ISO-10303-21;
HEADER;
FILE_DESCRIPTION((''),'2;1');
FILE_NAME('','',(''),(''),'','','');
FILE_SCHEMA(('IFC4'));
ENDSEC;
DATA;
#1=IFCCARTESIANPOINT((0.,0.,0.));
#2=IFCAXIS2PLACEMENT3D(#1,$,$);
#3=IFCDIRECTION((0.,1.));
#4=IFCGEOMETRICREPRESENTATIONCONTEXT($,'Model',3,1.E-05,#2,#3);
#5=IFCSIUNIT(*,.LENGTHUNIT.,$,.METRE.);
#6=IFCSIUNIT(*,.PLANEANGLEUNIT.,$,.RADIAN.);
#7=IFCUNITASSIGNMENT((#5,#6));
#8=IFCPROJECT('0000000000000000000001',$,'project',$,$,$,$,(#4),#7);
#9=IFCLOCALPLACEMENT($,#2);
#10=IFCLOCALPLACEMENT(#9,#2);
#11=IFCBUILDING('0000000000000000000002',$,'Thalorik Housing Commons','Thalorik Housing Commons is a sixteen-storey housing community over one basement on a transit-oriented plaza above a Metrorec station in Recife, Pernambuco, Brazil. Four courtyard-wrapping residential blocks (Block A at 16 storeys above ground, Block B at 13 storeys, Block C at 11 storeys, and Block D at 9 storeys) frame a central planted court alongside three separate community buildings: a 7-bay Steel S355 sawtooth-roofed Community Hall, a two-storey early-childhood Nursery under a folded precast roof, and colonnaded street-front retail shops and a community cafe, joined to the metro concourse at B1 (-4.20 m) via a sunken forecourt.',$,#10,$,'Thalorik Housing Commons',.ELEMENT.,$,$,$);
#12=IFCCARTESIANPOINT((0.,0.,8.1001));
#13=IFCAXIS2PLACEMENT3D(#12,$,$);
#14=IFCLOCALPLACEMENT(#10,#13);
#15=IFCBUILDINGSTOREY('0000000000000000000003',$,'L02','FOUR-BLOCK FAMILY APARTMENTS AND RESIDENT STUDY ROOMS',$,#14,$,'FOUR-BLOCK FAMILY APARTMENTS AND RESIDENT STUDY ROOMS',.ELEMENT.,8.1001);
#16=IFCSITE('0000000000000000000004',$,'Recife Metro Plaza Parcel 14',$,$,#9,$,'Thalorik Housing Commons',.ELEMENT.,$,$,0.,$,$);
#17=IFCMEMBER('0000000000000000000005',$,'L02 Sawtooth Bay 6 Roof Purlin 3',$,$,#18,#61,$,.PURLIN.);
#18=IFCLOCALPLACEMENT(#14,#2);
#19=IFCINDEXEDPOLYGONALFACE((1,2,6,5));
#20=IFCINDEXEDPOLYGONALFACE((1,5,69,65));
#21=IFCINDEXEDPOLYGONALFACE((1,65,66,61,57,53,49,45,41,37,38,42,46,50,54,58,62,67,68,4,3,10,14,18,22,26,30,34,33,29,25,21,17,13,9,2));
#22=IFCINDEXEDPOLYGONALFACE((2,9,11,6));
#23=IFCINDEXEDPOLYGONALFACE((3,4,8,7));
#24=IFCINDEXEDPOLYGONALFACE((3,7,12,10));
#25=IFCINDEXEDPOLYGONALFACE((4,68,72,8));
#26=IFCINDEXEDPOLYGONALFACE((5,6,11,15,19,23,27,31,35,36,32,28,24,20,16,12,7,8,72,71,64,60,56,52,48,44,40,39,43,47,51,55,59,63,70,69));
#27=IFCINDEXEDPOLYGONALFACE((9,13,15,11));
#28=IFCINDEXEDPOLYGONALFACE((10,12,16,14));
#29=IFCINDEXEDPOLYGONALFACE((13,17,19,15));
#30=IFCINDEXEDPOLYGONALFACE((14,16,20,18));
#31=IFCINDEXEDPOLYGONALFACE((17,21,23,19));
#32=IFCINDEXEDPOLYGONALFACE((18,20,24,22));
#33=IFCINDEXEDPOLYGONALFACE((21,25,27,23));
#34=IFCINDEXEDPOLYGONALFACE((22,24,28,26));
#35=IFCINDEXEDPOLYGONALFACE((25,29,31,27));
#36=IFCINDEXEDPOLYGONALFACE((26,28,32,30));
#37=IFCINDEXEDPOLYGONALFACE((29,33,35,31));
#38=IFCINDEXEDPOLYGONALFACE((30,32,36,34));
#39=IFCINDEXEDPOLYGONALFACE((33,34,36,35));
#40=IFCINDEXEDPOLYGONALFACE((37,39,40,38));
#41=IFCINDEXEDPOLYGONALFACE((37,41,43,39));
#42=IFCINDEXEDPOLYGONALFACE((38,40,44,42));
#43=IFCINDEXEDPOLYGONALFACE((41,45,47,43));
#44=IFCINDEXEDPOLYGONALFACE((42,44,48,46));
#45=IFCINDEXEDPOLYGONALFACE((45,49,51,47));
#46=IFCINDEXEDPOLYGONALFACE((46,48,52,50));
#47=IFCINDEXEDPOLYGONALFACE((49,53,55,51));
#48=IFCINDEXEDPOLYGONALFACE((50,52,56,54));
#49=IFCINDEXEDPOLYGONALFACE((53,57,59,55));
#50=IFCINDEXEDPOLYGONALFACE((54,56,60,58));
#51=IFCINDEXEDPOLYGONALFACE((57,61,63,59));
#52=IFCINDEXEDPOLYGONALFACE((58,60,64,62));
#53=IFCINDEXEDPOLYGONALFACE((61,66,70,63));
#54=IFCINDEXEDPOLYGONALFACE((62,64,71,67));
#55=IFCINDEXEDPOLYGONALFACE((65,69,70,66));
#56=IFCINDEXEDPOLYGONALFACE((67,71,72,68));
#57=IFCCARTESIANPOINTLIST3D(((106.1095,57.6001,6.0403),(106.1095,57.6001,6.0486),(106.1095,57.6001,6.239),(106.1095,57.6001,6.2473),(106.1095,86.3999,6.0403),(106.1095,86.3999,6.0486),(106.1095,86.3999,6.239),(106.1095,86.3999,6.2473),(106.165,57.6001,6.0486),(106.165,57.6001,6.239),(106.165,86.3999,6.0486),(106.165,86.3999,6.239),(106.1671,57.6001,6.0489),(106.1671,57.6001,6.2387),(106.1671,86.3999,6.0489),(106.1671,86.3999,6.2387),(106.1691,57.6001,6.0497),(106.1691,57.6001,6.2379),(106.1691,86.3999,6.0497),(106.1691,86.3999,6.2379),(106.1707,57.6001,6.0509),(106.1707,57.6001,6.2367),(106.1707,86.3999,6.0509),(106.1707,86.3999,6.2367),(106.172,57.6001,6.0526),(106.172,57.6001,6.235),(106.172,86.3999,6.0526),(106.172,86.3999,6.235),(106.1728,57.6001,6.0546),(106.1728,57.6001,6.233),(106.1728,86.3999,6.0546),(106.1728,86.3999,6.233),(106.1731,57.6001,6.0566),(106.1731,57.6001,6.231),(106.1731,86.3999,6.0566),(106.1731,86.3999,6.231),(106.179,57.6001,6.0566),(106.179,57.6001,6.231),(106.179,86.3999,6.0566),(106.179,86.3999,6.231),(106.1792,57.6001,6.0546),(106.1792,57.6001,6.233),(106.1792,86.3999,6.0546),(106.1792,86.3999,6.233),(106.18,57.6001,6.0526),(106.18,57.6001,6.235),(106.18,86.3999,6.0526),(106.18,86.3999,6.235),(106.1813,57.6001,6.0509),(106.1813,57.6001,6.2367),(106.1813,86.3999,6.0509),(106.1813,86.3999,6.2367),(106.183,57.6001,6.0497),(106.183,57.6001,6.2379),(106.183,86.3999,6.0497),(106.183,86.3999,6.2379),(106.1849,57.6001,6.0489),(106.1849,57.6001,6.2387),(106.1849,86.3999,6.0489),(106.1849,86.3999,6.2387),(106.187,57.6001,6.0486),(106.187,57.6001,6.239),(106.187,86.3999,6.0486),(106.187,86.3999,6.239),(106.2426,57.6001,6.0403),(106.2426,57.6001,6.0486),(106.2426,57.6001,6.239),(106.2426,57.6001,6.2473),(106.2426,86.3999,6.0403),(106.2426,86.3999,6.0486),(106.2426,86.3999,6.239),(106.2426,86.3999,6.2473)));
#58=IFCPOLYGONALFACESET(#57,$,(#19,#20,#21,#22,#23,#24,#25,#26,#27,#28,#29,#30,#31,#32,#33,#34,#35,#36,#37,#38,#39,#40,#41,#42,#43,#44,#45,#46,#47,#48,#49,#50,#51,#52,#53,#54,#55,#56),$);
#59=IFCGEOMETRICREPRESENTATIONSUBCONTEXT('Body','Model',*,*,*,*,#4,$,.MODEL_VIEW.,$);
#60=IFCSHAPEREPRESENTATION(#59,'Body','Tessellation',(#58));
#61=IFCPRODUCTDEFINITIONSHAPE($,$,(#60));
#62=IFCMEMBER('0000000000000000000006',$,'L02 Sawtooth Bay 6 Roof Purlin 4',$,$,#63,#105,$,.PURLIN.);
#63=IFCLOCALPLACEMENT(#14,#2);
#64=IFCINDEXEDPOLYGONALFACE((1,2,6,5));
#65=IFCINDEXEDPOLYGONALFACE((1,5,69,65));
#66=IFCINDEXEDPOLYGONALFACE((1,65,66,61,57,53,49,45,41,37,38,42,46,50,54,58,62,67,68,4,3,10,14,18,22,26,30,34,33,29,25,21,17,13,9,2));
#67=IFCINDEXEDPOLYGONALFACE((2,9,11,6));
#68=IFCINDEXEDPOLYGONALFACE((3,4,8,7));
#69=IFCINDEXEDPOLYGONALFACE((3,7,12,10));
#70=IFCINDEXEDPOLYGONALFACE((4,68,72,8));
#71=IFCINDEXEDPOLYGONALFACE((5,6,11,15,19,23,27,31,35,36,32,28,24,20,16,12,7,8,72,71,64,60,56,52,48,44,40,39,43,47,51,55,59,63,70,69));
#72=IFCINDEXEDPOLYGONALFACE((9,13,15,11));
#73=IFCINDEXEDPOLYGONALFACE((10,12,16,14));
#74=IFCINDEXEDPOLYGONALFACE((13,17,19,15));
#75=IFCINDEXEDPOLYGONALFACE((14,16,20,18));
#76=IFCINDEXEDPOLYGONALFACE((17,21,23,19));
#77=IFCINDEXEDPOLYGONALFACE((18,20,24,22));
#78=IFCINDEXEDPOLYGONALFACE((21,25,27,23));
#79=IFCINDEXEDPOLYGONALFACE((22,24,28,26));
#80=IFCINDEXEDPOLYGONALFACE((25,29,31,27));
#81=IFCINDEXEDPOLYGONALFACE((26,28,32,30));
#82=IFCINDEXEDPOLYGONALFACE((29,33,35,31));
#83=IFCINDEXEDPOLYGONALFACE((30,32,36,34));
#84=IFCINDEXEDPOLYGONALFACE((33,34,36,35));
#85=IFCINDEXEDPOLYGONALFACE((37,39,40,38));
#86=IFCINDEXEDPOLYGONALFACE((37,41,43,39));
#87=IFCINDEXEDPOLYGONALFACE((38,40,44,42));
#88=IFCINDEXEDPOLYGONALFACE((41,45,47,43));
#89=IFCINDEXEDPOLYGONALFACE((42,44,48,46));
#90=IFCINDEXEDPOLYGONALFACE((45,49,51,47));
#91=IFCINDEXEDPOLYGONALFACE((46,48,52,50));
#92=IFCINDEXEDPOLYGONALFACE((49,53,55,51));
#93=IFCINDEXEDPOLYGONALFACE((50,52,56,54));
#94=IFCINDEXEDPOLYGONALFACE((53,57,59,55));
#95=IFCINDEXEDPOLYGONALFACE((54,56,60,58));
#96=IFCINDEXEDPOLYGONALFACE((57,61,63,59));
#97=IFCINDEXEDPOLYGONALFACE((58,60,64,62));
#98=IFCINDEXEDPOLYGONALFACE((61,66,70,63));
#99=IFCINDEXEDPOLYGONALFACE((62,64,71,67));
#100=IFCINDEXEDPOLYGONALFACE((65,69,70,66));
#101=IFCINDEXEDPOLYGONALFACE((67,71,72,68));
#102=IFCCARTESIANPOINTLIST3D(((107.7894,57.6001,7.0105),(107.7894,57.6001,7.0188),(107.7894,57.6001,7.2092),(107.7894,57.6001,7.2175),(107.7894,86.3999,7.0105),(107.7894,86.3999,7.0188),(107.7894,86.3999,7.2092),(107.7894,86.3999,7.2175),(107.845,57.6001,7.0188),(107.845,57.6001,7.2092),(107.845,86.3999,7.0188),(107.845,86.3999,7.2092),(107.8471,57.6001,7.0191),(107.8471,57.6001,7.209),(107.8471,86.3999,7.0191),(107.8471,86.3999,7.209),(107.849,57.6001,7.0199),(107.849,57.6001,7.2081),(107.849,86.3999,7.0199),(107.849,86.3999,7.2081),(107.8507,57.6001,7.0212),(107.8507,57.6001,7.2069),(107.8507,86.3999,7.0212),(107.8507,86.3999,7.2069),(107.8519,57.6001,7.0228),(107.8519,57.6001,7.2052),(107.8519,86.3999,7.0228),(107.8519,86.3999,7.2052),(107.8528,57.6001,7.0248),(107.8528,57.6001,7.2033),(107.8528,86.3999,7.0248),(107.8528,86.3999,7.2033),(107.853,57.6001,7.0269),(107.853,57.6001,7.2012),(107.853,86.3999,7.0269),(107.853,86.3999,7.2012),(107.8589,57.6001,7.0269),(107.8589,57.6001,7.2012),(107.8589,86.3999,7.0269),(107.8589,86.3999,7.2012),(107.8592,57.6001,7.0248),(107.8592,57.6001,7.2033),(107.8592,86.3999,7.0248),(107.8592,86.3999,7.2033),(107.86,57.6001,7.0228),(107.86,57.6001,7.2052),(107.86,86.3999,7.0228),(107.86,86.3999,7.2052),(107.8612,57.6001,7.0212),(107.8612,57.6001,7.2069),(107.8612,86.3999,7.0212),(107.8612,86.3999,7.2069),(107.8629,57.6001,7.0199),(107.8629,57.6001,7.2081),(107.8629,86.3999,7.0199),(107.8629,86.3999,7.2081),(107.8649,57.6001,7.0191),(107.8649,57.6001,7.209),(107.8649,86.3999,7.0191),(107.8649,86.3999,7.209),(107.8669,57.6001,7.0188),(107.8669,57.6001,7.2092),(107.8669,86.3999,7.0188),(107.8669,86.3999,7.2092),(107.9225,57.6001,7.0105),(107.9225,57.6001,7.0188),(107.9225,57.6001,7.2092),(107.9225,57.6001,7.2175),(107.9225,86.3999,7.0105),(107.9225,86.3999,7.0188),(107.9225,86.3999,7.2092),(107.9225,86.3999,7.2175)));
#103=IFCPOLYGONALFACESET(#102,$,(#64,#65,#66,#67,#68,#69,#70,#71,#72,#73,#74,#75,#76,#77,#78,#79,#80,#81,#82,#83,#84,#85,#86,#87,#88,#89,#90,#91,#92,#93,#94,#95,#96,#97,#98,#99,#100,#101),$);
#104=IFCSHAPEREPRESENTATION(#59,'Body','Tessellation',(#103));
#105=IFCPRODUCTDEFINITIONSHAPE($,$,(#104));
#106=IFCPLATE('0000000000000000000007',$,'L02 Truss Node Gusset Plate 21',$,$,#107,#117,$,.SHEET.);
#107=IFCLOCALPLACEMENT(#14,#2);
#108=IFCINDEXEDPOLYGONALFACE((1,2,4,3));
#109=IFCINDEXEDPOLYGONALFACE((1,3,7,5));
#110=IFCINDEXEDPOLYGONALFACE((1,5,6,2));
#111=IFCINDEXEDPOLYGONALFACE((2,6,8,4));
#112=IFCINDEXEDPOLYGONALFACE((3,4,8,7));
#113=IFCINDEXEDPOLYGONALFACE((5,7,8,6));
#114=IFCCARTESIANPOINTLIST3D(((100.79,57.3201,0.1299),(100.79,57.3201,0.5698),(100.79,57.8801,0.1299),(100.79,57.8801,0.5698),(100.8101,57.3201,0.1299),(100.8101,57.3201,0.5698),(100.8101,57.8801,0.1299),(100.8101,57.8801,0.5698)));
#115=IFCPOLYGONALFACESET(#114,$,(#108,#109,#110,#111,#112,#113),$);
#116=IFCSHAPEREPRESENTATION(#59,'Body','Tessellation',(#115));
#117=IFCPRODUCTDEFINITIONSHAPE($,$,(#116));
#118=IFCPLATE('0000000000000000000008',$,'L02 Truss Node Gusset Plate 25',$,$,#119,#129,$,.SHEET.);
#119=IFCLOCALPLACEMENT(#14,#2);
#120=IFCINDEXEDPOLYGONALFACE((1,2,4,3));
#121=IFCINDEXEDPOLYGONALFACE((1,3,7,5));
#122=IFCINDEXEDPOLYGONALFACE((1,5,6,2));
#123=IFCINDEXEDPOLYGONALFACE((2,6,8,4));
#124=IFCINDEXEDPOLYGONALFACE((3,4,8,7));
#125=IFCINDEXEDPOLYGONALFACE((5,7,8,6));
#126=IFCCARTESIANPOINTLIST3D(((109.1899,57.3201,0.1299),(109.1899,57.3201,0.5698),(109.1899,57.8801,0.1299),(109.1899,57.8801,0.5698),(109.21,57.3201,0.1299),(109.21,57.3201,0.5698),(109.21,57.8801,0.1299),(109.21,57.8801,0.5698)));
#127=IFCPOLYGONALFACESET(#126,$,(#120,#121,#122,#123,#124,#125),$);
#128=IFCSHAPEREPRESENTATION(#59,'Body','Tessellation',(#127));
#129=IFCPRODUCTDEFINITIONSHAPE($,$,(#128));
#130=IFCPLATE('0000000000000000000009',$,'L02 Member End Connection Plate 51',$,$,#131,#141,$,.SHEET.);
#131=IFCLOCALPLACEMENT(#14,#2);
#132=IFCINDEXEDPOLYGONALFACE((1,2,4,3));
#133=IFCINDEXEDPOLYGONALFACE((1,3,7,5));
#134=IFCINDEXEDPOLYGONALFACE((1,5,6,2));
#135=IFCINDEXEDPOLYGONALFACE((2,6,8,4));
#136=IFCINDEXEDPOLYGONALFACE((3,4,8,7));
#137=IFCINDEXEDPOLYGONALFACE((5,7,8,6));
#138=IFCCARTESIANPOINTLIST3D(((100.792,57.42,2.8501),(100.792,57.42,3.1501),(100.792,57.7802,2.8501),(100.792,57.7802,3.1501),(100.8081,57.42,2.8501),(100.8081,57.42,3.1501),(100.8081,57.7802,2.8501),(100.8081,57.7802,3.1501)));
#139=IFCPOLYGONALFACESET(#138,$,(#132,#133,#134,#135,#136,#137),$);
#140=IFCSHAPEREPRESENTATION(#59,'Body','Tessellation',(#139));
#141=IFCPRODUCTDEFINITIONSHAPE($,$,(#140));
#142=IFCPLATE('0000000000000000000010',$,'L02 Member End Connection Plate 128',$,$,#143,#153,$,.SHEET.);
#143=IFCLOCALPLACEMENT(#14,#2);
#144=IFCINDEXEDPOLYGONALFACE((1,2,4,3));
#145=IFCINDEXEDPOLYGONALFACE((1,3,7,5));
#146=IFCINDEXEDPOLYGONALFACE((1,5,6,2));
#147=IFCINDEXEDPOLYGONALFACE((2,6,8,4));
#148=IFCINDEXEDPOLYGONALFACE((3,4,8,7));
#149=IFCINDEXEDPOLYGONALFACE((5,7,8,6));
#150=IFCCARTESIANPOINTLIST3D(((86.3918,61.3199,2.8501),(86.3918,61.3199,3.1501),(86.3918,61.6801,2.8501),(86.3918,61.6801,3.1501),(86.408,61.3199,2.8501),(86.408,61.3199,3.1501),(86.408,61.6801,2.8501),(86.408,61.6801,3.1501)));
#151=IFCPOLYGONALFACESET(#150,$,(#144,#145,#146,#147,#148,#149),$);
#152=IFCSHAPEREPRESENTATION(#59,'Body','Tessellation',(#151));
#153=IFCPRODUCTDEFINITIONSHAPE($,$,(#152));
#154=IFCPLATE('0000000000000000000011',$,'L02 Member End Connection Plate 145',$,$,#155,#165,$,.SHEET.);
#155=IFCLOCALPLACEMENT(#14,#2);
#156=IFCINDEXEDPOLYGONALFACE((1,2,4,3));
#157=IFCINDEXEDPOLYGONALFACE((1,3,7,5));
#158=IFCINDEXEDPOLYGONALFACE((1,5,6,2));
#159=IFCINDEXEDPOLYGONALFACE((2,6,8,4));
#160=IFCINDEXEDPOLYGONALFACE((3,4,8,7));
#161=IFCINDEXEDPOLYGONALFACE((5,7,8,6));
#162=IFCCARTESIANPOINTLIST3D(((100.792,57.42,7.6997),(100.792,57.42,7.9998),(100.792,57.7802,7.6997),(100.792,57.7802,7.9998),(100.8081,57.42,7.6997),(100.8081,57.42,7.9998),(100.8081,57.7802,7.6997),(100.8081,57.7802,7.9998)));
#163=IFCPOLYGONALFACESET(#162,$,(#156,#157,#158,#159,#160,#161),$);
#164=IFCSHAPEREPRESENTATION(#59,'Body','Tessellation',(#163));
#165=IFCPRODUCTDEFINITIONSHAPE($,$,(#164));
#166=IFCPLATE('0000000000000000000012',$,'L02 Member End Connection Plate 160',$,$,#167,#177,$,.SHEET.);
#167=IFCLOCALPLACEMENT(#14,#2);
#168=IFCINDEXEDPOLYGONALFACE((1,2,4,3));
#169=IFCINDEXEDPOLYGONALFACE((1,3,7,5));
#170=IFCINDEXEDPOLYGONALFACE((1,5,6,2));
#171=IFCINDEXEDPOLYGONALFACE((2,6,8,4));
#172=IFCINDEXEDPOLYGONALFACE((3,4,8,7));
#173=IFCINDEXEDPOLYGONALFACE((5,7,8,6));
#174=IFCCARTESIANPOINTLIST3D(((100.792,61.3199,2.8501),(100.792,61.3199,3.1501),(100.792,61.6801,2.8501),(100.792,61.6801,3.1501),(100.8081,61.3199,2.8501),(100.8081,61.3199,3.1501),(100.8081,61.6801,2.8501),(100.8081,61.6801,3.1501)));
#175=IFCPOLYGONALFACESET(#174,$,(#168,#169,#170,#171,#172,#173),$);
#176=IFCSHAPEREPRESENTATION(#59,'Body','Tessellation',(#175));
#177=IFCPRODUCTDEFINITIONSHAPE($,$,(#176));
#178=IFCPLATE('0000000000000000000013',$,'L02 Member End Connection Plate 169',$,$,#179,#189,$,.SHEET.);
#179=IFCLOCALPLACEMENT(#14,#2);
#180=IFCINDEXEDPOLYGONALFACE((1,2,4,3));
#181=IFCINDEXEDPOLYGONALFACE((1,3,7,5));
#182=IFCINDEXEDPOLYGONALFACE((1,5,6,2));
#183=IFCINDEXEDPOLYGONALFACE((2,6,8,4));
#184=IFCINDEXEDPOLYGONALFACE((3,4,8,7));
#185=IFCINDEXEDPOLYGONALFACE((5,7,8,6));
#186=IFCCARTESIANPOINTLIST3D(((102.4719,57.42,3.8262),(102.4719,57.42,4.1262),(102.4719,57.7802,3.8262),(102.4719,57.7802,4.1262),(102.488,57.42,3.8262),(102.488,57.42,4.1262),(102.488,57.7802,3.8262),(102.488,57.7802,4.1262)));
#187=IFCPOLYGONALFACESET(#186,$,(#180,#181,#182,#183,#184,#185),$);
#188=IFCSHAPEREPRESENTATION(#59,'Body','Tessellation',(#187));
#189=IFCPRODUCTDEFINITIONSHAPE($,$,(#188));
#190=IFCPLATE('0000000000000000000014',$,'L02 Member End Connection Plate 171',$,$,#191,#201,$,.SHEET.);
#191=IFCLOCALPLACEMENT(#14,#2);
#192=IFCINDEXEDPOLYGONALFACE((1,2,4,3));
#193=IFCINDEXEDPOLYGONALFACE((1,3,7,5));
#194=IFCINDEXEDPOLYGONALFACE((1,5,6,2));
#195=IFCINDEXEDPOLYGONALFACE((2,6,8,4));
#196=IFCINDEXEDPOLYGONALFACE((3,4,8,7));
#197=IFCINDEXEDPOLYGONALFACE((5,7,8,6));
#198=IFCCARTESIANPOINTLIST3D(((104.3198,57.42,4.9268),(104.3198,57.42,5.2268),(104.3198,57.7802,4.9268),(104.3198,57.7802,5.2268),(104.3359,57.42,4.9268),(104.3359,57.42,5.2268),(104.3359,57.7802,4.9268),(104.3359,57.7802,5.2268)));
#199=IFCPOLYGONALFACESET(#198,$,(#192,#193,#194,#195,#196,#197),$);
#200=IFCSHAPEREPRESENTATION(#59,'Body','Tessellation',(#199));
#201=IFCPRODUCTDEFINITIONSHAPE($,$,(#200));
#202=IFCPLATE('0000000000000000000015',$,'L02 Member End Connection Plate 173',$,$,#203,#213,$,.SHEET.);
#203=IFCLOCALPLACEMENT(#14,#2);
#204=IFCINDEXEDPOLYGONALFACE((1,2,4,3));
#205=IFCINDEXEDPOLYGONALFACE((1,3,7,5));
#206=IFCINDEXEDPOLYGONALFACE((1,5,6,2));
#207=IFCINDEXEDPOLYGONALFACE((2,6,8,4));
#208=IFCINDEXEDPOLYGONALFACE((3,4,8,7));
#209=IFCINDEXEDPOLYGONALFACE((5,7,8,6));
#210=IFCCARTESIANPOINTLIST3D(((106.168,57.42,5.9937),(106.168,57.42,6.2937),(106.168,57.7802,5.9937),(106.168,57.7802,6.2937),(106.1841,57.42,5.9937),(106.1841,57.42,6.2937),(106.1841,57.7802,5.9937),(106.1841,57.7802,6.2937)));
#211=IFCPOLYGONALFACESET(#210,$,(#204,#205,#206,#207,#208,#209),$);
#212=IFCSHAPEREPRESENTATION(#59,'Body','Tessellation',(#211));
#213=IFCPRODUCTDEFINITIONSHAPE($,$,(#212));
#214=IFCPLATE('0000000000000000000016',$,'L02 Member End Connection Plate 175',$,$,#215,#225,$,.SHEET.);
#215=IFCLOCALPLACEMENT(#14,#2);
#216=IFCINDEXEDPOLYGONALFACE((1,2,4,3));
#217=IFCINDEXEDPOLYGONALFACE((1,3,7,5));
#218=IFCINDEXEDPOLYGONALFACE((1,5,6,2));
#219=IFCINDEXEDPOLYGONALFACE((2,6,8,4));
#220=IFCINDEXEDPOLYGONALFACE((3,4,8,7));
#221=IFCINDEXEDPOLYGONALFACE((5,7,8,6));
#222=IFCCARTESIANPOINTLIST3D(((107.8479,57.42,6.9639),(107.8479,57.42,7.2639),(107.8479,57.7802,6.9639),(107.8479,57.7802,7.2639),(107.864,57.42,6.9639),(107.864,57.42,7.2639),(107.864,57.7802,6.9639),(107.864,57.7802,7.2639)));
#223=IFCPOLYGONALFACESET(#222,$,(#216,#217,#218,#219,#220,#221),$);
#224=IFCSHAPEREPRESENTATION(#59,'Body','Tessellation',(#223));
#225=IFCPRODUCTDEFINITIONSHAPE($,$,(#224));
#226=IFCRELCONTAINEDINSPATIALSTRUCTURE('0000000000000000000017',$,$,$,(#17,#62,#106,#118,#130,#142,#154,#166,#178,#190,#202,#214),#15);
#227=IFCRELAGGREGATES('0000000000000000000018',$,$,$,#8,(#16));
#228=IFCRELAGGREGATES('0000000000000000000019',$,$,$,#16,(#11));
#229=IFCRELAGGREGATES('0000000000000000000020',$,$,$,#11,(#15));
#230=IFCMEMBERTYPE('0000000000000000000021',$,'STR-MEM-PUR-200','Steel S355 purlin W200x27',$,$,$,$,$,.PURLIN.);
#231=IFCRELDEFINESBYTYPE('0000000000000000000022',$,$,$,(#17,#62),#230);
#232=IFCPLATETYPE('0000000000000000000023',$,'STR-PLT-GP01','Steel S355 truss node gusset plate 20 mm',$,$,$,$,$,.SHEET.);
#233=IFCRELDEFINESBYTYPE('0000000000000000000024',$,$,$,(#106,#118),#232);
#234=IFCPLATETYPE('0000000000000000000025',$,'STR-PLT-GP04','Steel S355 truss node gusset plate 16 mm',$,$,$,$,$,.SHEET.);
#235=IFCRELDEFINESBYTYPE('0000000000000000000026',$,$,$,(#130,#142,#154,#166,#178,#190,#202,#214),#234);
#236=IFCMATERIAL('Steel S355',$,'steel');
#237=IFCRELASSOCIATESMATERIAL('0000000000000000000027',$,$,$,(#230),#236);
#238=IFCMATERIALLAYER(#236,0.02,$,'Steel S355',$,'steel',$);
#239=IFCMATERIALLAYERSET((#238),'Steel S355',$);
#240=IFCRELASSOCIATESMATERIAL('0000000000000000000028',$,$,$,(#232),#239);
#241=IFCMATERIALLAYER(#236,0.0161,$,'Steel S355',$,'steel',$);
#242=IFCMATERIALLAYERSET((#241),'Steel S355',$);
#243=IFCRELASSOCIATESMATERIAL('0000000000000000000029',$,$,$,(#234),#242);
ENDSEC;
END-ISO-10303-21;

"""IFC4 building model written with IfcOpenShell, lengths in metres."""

from ifc_helpers import new_model, si_unit, direction, frame, origin, origin_2d, place, context, subcontext, project, spatial, rectangle, i_section, extrude, material, layer, layer_set, material_profile, profile_set, type_object, element, save


model = new_model("IFC4")

# Units and contexts
model_context = context("Model", 3, precision=1e-05, world=origin(), true_north=direction((0.0, 1.0)))
body_context = subcontext(model_context, "Body", "Model", "MODEL_VIEW")
ifc_project = project(units=[si_unit("LENGTHUNIT", "METRE"), si_unit("PLANEANGLEUNIT", "RADIAN")], contexts=[model_context])

# Site, building, storey
site_placement = place(None, origin())
site = spatial("IfcSite", under=ifc_project, at=site_placement, Name="Recife Metro Plaza Parcel 14", LongName="Thalorik Housing Commons", CompositionType="ELEMENT", RefElevation=0.0)
building_placement = place(site_placement, origin())
building = spatial("IfcBuilding", under=site, at=building_placement, Name="Thalorik Housing Commons", Description="Thalorik Housing Commons is a sixteen-storey housing community over one basement on a transit-oriented plaza above a Metrorec station in Recife, Pernambuco, Brazil. Four courtyard-wrapping residential blocks (Block A at 16 storeys above ground, Block B at 13 storeys, Block C at 11 storeys, and Block D at 9 storeys) frame a central planted court alongside three separate community buildings: a 7-bay Steel S355 sawtooth-roofed Community Hall, a two-storey early-childhood Nursery under a folded precast roof, and colonnaded street-front retail shops and a community cafe, joined to the metro concourse at B1 (-4.20 m) via a sunken forecourt.", LongName="Thalorik Housing Commons", CompositionType="ELEMENT")
storey_placement = place(building_placement, frame((0.0, 0.0, 8.1001)))
storey = spatial("IfcBuildingStorey", under=building, at=storey_placement, Name="L02", Description="FOUR-BLOCK FAMILY APARTMENTS AND RESIDENT STUDY ROOMS", LongName="FOUR-BLOCK FAMILY APARTMENTS AND RESIDENT STUDY ROOMS", CompositionType="ELEMENT", Elevation=8.1001)

# Shared definitions
ifc_material_1 = material(Name="Steel S355", Category="steel")

# Members
ifc_material_profile_1 = material_profile(ifc_material_1, i_section(OverallWidth=0.1331, OverallDepth=0.207, WebThickness=0.0059, FlangeThickness=0.0083, FilletRadius=0.0081, at=origin_2d()), Name="W200x27", Category="steel")
ifc_profile_set_1 = profile_set([ifc_material_profile_1], Name="Steel S355")
member_type_1 = type_object("IfcMemberType", Name="STR-MEM-PUR-200", Description="Steel S355 purlin W200x27", PredefinedType="PURLIN", material=ifc_profile_set_1)
for number, where, z_axis, x_axis, name in (
    (1, (106.176, 57.6001, 6.1438), (0.0, 1.0, 0.0), (-1.0, 0.0, 0.0), "L02 Sawtooth Bay 6 Roof Purlin 3"),
    (2, (107.856, 57.6001, 7.114), (0.0, 1.0, 0.0), (-1.0, 0.0, 0.0), "L02 Sawtooth Bay 6 Roof Purlin 4"),
):
    element("IfcMember", number, at=place(storey_placement, frame(where, z_axis=z_axis, x_axis=x_axis)), inside=storey, type_object=member_type_1, Name=name, PredefinedType="PURLIN", context=body_context, shape_type="SweptSolid", body=[
        extrude(i_section(OverallWidth=0.1331, OverallDepth=0.207, WebThickness=0.0059, FlangeThickness=0.0083, FilletRadius=0.0081, at=origin_2d()), origin(), (0.0, 0.0, 1.0), 28.7998),
    ])

# Plates
ifc_layer_1 = layer(ifc_material_1, 0.02, Name="Steel S355", Category="steel")
ifc_layer_set_1 = layer_set([ifc_layer_1], Name="Steel S355")
plate_type_1 = type_object("IfcPlateType", Name="STR-PLT-GP01", Description="Steel S355 truss node gusset plate 20 mm", PredefinedType="SHEET", material=ifc_layer_set_1)
for number, where, z_axis, x_axis, name in (
    (3, (100.8, 57.6001, 0.1299), (0.0, 0.0, 1.0), (1.0, 0.0, 0.0), "L02 Truss Node Gusset Plate 21"),
    (4, (109.2, 57.6001, 0.1299), (0.0, 0.0, 1.0), (1.0, 0.0, 0.0), "L02 Truss Node Gusset Plate 25"),
):
    element("IfcPlate", number, at=place(storey_placement, frame(where, z_axis=z_axis, x_axis=x_axis)), inside=storey, type_object=plate_type_1, Name=name, PredefinedType="SHEET", context=body_context, shape_type="SweptSolid", body=[
        extrude(rectangle(XDim=0.02, YDim=0.5601, at=origin_2d()), origin(), (0.0, 0.0, 1.0), 0.4399),
    ])
ifc_layer_2 = layer(ifc_material_1, 0.0161, Name="Steel S355", Category="steel")
ifc_layer_set_2 = layer_set([ifc_layer_2], Name="Steel S355")
plate_type_2 = type_object("IfcPlateType", Name="STR-PLT-GP04", Description="Steel S355 truss node gusset plate 16 mm", PredefinedType="SHEET", material=ifc_layer_set_2)
for number, where, z_axis, x_axis, name in (
    (5, (100.8, 57.6001, 2.8501), (0.0, 0.0, 1.0), (1.0, 0.0, 0.0), "L02 Member End Connection Plate 51"),
    (6, (86.3999, 61.5, 2.8501), (0.0, 0.0, 1.0), (1.0, 0.0, 0.0), "L02 Member End Connection Plate 128"),
    (7, (100.8, 57.6001, 7.6997), (0.0, 0.0, 1.0), (1.0, 0.0, 0.0), "L02 Member End Connection Plate 145"),
    (8, (100.8, 61.5, 2.8501), (0.0, 0.0, 1.0), (1.0, 0.0, 0.0), "L02 Member End Connection Plate 160"),
    (9, (102.48, 57.6001, 3.8262), (0.0, 0.0, 1.0), (1.0, 0.0, 0.0), "L02 Member End Connection Plate 169"),
    (10, (104.3279, 57.6001, 4.9268), (0.0, 0.0, 1.0), (1.0, 0.0, 0.0), "L02 Member End Connection Plate 171"),
    (11, (106.176, 57.6001, 5.9937), (0.0, 0.0, 1.0), (1.0, 0.0, 0.0), "L02 Member End Connection Plate 173"),
    (12, (107.856, 57.6001, 6.9639), (0.0, 0.0, 1.0), (1.0, 0.0, 0.0), "L02 Member End Connection Plate 175"),
):
    element("IfcPlate", number, at=place(storey_placement, frame(where, z_axis=z_axis, x_axis=x_axis)), inside=storey, type_object=plate_type_2, Name=name, PredefinedType="SHEET", context=body_context, shape_type="SweptSolid", body=[
        extrude(rectangle(XDim=0.0161, YDim=0.3601, at=origin_2d()), origin(), (0.0, 0.0, 1.0), 0.3),
    ])

save(model, "model.ifc")
